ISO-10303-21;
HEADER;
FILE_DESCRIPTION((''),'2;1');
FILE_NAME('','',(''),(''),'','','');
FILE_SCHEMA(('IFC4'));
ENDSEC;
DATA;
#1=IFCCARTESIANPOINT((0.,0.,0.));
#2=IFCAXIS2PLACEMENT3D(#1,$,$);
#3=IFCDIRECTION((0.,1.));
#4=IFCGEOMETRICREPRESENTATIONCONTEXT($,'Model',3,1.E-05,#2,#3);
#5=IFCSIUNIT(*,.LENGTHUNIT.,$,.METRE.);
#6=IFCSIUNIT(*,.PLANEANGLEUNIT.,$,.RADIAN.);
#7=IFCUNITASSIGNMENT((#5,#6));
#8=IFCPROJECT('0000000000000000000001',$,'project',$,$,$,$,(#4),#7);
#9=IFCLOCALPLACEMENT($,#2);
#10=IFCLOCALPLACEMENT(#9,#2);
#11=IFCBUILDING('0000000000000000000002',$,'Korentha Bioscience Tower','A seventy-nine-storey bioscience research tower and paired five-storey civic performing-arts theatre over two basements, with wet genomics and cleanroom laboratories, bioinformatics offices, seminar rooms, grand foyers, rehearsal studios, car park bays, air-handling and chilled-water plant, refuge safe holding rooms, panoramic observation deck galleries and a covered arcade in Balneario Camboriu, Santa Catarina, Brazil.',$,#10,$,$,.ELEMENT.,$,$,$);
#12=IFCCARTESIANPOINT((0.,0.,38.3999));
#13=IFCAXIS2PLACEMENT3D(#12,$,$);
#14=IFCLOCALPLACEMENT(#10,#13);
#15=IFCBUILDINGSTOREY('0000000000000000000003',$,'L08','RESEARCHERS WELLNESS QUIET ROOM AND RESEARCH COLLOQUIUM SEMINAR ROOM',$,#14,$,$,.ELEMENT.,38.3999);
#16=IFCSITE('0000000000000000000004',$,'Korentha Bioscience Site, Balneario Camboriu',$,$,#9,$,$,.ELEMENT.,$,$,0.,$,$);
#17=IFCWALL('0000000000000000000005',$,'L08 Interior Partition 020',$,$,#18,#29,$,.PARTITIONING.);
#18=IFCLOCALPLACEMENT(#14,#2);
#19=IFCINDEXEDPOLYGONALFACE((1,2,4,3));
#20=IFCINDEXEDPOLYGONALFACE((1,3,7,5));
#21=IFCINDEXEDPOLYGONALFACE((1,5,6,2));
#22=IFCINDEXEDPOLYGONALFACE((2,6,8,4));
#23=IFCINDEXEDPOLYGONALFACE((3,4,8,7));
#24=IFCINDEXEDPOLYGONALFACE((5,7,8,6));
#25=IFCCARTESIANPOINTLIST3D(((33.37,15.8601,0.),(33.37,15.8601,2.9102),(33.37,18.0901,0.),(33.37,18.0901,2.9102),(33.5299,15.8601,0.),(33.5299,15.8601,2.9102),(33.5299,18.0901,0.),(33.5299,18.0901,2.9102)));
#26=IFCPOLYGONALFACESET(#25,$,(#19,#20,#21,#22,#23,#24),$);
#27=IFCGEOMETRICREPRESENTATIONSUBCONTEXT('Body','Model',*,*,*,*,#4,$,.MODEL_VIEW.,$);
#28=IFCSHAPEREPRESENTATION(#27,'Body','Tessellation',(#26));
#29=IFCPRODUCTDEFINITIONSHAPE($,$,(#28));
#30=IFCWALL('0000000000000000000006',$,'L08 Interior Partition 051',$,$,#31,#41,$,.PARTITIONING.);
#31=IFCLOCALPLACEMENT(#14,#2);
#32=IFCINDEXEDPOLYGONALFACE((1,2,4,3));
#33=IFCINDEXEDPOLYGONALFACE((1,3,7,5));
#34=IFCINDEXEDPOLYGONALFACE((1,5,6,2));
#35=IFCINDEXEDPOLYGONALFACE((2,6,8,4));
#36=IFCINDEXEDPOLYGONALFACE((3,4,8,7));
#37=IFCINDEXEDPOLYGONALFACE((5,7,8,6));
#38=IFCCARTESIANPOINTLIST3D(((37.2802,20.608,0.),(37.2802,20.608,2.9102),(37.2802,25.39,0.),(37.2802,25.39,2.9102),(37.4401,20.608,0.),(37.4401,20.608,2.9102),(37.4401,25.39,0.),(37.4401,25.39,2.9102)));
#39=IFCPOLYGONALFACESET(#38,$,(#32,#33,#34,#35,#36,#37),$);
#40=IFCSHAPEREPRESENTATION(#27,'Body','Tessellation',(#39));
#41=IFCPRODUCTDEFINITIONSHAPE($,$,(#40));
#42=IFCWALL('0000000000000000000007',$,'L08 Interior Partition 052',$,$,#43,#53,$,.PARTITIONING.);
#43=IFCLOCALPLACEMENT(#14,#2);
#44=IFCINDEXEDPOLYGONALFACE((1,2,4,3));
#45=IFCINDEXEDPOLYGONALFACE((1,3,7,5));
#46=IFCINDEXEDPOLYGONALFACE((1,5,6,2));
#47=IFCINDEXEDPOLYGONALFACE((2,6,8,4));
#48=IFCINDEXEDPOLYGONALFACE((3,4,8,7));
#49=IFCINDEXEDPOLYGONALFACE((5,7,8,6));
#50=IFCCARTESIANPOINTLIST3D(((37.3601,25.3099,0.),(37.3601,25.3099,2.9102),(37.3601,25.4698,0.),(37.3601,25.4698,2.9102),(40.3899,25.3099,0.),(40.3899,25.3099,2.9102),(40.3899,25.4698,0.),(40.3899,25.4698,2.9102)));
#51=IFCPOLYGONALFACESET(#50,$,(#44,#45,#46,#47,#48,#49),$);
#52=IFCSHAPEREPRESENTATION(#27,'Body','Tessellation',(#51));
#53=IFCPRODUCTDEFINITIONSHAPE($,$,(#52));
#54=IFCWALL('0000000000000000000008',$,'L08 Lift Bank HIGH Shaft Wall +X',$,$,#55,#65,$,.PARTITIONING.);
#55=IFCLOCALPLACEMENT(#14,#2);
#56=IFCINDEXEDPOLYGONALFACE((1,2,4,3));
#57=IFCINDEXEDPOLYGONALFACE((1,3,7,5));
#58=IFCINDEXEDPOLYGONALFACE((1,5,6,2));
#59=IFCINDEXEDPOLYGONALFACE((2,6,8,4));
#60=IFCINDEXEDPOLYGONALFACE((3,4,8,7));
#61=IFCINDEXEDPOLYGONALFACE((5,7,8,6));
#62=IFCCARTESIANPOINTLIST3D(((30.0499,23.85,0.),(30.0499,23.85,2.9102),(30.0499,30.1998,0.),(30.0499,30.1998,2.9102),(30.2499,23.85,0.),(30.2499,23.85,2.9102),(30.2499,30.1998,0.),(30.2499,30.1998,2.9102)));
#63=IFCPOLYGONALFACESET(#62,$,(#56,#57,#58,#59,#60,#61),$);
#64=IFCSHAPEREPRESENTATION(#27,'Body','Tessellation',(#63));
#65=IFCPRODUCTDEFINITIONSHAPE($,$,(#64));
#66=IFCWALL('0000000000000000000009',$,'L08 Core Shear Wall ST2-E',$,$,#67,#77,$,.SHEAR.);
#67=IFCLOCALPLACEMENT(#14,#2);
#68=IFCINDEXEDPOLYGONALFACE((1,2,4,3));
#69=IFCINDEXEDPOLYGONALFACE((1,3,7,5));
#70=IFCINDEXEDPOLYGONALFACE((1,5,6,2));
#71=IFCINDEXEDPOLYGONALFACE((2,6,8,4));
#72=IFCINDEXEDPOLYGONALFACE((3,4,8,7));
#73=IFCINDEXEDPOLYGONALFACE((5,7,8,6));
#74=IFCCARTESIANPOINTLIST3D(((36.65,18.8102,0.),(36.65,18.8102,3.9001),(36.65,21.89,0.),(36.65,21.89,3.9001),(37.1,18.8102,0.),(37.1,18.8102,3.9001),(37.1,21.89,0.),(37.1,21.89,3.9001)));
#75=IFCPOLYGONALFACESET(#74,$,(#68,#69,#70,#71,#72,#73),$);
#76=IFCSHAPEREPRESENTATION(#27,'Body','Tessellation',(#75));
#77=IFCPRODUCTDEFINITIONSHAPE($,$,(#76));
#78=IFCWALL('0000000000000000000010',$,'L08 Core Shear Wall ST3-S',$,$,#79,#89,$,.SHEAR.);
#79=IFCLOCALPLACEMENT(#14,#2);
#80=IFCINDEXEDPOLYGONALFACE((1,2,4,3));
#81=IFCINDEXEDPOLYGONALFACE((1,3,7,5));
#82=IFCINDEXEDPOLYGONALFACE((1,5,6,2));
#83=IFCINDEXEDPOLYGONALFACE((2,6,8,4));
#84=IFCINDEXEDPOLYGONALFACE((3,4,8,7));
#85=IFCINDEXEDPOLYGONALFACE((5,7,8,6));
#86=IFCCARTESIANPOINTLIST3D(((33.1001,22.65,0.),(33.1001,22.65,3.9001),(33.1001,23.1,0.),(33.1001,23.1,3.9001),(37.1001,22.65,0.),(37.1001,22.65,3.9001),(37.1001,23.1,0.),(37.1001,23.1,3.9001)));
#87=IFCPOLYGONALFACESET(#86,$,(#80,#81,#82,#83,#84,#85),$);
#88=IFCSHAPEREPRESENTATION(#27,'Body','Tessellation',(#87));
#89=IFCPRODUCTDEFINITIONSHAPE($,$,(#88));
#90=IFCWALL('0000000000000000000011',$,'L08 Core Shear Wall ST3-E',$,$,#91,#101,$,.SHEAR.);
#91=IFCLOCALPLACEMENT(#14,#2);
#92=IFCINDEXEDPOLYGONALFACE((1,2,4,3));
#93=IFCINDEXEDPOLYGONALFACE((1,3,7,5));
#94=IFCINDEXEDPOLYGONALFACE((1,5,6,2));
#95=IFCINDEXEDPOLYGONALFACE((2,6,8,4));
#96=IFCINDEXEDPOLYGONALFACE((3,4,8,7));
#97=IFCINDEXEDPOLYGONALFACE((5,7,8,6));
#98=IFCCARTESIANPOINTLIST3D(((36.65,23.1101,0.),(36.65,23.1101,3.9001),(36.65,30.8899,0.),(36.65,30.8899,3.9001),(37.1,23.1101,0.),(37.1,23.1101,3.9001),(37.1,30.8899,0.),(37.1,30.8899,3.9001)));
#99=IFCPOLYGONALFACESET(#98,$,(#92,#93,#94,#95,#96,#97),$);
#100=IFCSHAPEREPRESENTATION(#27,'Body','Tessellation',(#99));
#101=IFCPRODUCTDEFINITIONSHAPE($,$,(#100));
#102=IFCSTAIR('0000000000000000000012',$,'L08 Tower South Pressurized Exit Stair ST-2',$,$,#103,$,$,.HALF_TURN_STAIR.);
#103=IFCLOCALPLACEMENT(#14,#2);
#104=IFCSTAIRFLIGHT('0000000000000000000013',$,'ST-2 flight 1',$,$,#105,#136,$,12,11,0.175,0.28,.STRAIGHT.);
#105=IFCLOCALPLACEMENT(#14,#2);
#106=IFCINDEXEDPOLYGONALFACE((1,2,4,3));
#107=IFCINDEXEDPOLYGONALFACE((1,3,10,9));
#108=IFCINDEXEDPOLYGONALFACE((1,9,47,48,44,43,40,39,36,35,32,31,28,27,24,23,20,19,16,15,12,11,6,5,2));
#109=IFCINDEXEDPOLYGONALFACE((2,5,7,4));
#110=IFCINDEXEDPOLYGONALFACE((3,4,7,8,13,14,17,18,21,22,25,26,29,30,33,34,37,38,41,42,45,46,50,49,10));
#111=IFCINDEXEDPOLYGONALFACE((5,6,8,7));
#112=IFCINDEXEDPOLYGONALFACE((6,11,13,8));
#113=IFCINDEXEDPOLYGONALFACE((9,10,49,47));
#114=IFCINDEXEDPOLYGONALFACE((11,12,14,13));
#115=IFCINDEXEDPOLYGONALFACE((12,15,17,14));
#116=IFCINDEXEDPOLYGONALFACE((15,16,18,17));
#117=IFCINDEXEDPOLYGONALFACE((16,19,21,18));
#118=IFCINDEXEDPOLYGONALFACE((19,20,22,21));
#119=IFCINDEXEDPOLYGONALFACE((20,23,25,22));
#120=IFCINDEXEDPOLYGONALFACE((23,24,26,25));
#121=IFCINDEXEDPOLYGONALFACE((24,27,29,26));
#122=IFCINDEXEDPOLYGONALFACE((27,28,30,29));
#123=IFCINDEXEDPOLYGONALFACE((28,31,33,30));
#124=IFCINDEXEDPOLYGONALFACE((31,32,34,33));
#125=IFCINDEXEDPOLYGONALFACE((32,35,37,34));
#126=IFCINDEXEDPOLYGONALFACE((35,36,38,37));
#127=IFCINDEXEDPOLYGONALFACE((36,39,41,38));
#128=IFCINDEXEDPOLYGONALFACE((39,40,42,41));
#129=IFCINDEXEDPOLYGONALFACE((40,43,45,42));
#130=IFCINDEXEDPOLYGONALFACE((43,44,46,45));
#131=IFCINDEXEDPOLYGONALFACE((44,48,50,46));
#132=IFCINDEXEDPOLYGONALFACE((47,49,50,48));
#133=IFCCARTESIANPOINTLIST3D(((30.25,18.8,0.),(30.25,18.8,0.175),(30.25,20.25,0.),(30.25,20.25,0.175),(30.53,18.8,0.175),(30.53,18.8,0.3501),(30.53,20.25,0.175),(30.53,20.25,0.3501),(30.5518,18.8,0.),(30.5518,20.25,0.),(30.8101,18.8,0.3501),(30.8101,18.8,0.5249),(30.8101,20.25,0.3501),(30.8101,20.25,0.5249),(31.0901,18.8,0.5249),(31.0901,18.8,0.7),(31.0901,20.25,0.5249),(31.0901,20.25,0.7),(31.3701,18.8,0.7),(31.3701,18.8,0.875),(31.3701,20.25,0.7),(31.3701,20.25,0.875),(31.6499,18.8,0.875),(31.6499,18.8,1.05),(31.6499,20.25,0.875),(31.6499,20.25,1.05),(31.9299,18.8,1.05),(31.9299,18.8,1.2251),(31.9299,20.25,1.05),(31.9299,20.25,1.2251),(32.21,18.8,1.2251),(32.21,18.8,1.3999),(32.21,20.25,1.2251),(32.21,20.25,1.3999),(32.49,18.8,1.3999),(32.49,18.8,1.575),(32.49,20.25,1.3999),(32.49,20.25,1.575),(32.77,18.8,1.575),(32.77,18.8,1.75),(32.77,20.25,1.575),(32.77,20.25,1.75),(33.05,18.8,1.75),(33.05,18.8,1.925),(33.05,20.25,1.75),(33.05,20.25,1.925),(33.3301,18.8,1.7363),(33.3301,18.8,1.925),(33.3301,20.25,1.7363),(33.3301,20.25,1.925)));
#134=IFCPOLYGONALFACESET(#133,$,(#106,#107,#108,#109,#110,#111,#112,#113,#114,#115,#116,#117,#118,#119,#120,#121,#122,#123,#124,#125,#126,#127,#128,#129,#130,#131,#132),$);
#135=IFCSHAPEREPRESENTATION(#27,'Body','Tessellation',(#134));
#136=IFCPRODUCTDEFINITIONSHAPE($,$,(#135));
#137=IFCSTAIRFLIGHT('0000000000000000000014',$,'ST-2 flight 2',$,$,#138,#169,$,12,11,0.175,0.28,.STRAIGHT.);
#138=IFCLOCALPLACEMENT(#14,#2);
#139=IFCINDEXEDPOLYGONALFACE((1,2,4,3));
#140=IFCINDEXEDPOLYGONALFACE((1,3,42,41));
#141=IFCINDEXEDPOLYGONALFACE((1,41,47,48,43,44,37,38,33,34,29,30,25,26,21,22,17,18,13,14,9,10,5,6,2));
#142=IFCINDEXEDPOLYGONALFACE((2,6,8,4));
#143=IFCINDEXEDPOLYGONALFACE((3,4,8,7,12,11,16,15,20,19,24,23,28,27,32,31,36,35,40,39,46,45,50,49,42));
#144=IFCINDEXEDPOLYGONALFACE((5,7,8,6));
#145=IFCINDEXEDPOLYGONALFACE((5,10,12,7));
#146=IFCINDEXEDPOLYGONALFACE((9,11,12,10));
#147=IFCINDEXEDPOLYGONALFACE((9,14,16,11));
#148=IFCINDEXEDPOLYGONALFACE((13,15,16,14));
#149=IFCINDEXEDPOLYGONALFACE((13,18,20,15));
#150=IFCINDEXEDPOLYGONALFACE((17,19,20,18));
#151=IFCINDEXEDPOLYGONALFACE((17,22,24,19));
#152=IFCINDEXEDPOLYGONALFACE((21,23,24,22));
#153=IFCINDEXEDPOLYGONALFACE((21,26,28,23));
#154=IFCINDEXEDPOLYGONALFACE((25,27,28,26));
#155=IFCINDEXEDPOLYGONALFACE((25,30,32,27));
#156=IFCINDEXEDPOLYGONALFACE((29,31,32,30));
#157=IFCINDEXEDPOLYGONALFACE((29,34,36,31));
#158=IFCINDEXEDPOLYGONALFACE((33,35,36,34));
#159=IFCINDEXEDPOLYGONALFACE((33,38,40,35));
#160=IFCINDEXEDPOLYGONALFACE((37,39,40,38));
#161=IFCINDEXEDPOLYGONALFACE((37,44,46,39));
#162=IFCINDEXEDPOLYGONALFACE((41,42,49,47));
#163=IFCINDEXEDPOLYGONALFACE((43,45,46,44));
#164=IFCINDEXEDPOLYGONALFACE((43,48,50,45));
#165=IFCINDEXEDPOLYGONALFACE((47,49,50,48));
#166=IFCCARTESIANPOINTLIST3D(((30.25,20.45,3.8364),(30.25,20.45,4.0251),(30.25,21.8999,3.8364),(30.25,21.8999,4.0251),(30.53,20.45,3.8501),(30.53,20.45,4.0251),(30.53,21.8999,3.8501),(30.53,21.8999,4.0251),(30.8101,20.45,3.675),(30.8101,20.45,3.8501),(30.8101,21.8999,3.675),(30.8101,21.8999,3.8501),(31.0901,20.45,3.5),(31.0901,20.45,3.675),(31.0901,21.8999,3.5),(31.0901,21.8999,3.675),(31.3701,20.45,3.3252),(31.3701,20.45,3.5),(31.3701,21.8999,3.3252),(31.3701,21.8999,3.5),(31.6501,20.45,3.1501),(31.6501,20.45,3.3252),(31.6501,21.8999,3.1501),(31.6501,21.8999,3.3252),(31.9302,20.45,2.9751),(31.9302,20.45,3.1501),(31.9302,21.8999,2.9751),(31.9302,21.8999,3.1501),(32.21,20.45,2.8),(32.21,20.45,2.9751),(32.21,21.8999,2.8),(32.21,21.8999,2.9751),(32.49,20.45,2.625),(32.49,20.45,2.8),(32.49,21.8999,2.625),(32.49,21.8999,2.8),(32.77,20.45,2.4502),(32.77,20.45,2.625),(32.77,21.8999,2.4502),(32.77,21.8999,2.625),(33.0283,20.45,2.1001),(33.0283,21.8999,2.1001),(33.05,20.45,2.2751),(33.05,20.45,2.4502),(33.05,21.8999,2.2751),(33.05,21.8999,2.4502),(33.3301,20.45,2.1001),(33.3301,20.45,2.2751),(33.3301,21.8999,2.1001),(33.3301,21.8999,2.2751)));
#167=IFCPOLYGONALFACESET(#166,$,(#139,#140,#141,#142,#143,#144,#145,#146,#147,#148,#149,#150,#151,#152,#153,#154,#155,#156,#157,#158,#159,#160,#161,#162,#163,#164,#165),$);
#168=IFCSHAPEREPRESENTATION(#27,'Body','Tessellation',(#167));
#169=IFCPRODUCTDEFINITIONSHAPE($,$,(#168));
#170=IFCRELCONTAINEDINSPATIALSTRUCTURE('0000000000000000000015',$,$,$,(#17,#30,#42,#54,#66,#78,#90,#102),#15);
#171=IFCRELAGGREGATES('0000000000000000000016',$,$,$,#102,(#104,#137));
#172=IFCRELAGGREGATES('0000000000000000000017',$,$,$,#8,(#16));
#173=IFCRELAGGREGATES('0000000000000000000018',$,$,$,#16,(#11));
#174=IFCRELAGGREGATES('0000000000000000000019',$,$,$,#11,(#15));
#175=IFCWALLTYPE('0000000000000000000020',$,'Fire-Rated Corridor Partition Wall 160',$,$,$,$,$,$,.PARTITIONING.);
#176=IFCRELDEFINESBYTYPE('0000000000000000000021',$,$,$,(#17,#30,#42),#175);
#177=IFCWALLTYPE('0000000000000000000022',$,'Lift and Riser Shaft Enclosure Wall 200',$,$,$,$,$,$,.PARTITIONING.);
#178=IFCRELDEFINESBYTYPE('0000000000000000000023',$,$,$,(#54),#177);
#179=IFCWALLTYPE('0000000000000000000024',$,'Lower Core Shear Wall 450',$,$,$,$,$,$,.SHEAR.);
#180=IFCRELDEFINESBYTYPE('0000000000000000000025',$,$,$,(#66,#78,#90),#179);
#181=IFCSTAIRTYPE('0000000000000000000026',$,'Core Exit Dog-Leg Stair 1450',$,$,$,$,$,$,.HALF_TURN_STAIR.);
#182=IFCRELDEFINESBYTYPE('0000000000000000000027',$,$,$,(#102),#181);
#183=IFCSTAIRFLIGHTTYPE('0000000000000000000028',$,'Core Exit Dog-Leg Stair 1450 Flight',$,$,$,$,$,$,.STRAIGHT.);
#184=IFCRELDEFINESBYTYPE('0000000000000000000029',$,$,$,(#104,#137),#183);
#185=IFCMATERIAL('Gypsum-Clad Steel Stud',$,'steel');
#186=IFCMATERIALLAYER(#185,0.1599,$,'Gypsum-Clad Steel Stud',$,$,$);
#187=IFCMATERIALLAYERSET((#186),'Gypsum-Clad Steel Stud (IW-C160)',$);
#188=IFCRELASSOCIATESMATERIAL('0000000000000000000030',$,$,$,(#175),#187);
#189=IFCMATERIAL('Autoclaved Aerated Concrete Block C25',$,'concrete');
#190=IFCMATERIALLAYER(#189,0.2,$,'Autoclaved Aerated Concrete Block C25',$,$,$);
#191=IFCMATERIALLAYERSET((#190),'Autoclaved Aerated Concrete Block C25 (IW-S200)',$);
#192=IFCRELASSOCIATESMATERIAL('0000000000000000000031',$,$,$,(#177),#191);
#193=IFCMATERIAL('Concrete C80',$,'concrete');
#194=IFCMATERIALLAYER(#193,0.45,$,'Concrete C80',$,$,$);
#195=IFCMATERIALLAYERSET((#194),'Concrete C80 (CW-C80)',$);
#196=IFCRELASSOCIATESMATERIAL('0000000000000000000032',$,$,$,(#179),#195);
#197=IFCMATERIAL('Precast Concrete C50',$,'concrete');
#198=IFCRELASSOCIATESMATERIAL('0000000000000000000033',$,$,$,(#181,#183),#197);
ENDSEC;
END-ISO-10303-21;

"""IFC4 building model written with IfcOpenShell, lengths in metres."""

from ifc_helpers import new_model, si_unit, direction, frame, frame_2d, origin, place, context, subcontext, project, spatial, polyline, rectangle, outline, extrude, material, layer, layer_set, type_object, element, aggregate, save


model = new_model("IFC4")

# Units and contexts
model_context = context("Model", 3, precision=1e-05, world=origin(), true_north=direction((0.0, 1.0)))
body_context = subcontext(model_context, "Body", "Model", "MODEL_VIEW")
ifc_project = project(units=[si_unit("LENGTHUNIT", "METRE"), si_unit("PLANEANGLEUNIT", "RADIAN")], contexts=[model_context])

# Site, building, storey
site_placement = place(None, origin())
site = spatial("IfcSite", under=ifc_project, at=site_placement, Name="Korentha Bioscience Site, Balneario Camboriu", CompositionType="ELEMENT", RefElevation=0.0)
building_placement = place(site_placement, origin())
building = spatial("IfcBuilding", under=site, at=building_placement, Name="Korentha Bioscience Tower", Description="A seventy-nine-storey bioscience research tower and paired five-storey civic performing-arts theatre over two basements, with wet genomics and cleanroom laboratories, bioinformatics offices, seminar rooms, grand foyers, rehearsal studios, car park bays, air-handling and chilled-water plant, refuge safe holding rooms, panoramic observation deck galleries and a covered arcade in Balneario Camboriu, Santa Catarina, Brazil.", CompositionType="ELEMENT")
storey_placement = place(building_placement, frame((0.0, 0.0, 38.3999)))
storey = spatial("IfcBuildingStorey", under=building, at=storey_placement, Name="L08", Description="RESEARCHERS WELLNESS QUIET ROOM AND RESEARCH COLLOQUIUM SEMINAR ROOM", CompositionType="ELEMENT", Elevation=38.3999)

# Walls
ifc_material_1 = material(Name="Gypsum-Clad Steel Stud", Category="steel")
ifc_layer_1 = layer(ifc_material_1, 0.1599, Name="Gypsum-Clad Steel Stud")
ifc_layer_set_1 = layer_set([ifc_layer_1], Name="Gypsum-Clad Steel Stud (IW-C160)")
wall_type_1 = type_object("IfcWallType", Name="Fire-Rated Corridor Partition Wall 160", PredefinedType="PARTITIONING", material=ifc_layer_set_1)
wall_1_placement = place(storey_placement, frame((33.45, 18.0901, 0.0), z_axis=(0.0, 0.0, 1.0), x_axis=(0.0, -1.0, 0.0)))
element("IfcWall", 1, at=wall_1_placement, inside=storey, type_object=wall_type_1, Name="L08 Interior Partition 020", PredefinedType="PARTITIONING", context=body_context, shape_type="SweptSolid", body=[
    extrude(rectangle(XDim=2.23, YDim=0.1599, at=frame_2d((1.115, 0.0))), origin(), (0.0, 0.0, 1.0), 2.9102),
])
wall_2_placement = place(storey_placement, frame((37.3601, 20.6079, 0.0), z_axis=(0.0, 0.0, 1.0), x_axis=(0.0, 1.0, 0.0)))
element("IfcWall", 2, at=wall_2_placement, inside=storey, type_object=wall_type_1, Name="L08 Interior Partition 051", PredefinedType="PARTITIONING", context=body_context, shape_type="SweptSolid", body=[
    extrude(rectangle(XDim=4.782, YDim=0.1599, at=frame_2d((2.3911, 0.0))), origin(), (0.0, 0.0, 1.0), 2.9102),
])
wall_3_placement = place(storey_placement, frame((37.3601, 25.3899, 0.0), z_axis=(0.0, 0.0, 1.0), x_axis=(1.0, 0.0, 0.0)))
element("IfcWall", 3, at=wall_3_placement, inside=storey, type_object=wall_type_1, Name="L08 Interior Partition 052", PredefinedType="PARTITIONING", context=body_context, shape_type="SweptSolid", body=[
    extrude(rectangle(XDim=3.0298, YDim=0.1599, at=frame_2d((1.5149, 0.0))), origin(), (0.0, 0.0, 1.0), 2.9102),
])
ifc_material_2 = material(Name="Autoclaved Aerated Concrete Block C25", Category="concrete")
ifc_layer_2 = layer(ifc_material_2, 0.2, Name="Autoclaved Aerated Concrete Block C25")
ifc_layer_set_2 = layer_set([ifc_layer_2], Name="Autoclaved Aerated Concrete Block C25 (IW-S200)")
wall_type_2 = type_object("IfcWallType", Name="Lift and Riser Shaft Enclosure Wall 200", PredefinedType="PARTITIONING", material=ifc_layer_set_2)
wall_4_placement = place(storey_placement, frame((30.1499, 23.8501, 0.0), z_axis=(0.0, 0.0, 1.0), x_axis=(0.0, 1.0, 0.0)))
element("IfcWall", 4, at=wall_4_placement, inside=storey, type_object=wall_type_2, Name="L08 Lift Bank HIGH Shaft Wall +X", PredefinedType="PARTITIONING", context=body_context, shape_type="SweptSolid", body=[
    extrude(rectangle(XDim=6.3499, YDim=0.2, at=frame_2d((3.1748, 0.0))), origin(), (0.0, 0.0, 1.0), 2.9102),
])
ifc_material_3 = material(Name="Concrete C80", Category="concrete")
ifc_layer_3 = layer(ifc_material_3, 0.45, Name="Concrete C80")
ifc_layer_set_3 = layer_set([ifc_layer_3], Name="Concrete C80 (CW-C80)")
wall_type_3 = type_object("IfcWallType", Name="Lower Core Shear Wall 450", PredefinedType="SHEAR", material=ifc_layer_set_3)
wall_5_placement = place(storey_placement, frame((36.875, 18.8101, 0.0), z_axis=(0.0, 0.0, 1.0), x_axis=(0.0, 1.0, 0.0)))
element("IfcWall", 5, at=wall_5_placement, inside=storey, type_object=wall_type_3, Name="L08 Core Shear Wall ST2-E", PredefinedType="SHEAR", context=body_context, shape_type="SweptSolid", body=[
    extrude(rectangle(XDim=3.0798, YDim=0.45, at=frame_2d((1.54, 0.0))), origin(), (0.0, 0.0, 1.0), 3.9001),
])
wall_6_placement = place(storey_placement, frame((33.1001, 22.875, 0.0), z_axis=(0.0, 0.0, 1.0), x_axis=(1.0, 0.0, 0.0)))
element("IfcWall", 6, at=wall_6_placement, inside=storey, type_object=wall_type_3, Name="L08 Core Shear Wall ST3-S", PredefinedType="SHEAR", context=body_context, shape_type="SweptSolid", body=[
    extrude(rectangle(XDim=4.0, YDim=0.45, at=frame_2d((2.0, 0.0))), origin(), (0.0, 0.0, 1.0), 3.9001),
])
wall_7_placement = place(storey_placement, frame((36.875, 23.1101, 0.0), z_axis=(0.0, 0.0, 1.0), x_axis=(0.0, 1.0, 0.0)))
element("IfcWall", 7, at=wall_7_placement, inside=storey, type_object=wall_type_3, Name="L08 Core Shear Wall ST3-E", PredefinedType="SHEAR", context=body_context, shape_type="SweptSolid", body=[
    extrude(rectangle(XDim=7.7798, YDim=0.45, at=frame_2d((3.8899, 0.0))), origin(), (0.0, 0.0, 1.0), 3.9001),
])

# Stair, stair flights
ifc_material_4 = material(Name="Precast Concrete C50", Category="concrete")
stair_type = type_object("IfcStairType", Name="Core Exit Dog-Leg Stair 1450", PredefinedType="HALF_TURN_STAIR", material=ifc_material_4)
stair_1_placement = place(storey_placement, origin())
stair_1 = element("IfcStair", 8, at=stair_1_placement, inside=storey, type_object=stair_type, Name="L08 Tower South Pressurized Exit Stair ST-2", PredefinedType="HALF_TURN_STAIR")
stair_flight_type = type_object("IfcStairFlightType", Name="Core Exit Dog-Leg Stair 1450 Flight", PredefinedType="STRAIGHT", material=ifc_material_4)
stair_flight_1_placement = place(storey_placement, frame((30.25, 19.5249, 0.0), z_axis=(0.0, 0.0, 1.0), x_axis=(1.0, 0.0, 0.0)))
stair_flight_1 = element("IfcStairFlight", 9, at=stair_flight_1_placement, type_object=stair_flight_type, Name="ST-2 flight 1", NumberOfRisers=12, NumberOfTreads=11, PredefinedType="STRAIGHT", RiserHeight=0.175, TreadLength=0.28, context=body_context, shape_type="SweptSolid", body=[
    extrude(outline(polyline([(0.0, 0.0), (0.0, 0.175), (0.28, 0.175), (0.28, 0.3501), (0.5601, 0.3501), (0.5601, 0.5249), (0.8401, 0.5249), (0.8401, 0.7), (1.1201, 0.7), (1.1201, 0.875), (1.3999, 0.875), (1.3999, 1.05), (1.6799, 1.05), (1.6799, 1.2251), (1.96, 1.2251), (1.96, 1.3999), (2.24, 1.3999), (2.24, 1.575), (2.52, 1.575), (2.52, 1.75), (2.8, 1.75), (2.8, 1.925), (3.0801, 1.925), (3.0801, 2.1001), (3.0801, 1.7363), (0.3018, 0.0), (0.0, 0.0)])), frame((0.0, 0.7251, 0.0), z_axis=(0.0, -1.0, 0.0), x_axis=(1.0, 0.0, 0.0)), (0.0, 0.0, 1.0), 1.45),
])
stair_flight_2_placement = place(storey_placement, frame((33.3301, 21.175, 2.1001), z_axis=(0.0, 0.0, 1.0), x_axis=(-1.0, 0.0, 0.0)))
stair_flight_2 = element("IfcStairFlight", 10, at=stair_flight_2_placement, type_object=stair_flight_type, Name="ST-2 flight 2", NumberOfRisers=12, NumberOfTreads=11, PredefinedType="STRAIGHT", RiserHeight=0.175, TreadLength=0.28, context=body_context, shape_type="SweptSolid", body=[
    extrude(outline(polyline([(0.0, 0.0), (0.0, 0.175), (0.28, 0.175), (0.28, 0.3501), (0.5601, 0.3501), (0.5601, 0.5249), (0.8401, 0.5249), (0.8401, 0.7), (1.1201, 0.7), (1.1201, 0.875), (1.3999, 0.875), (1.3999, 1.05), (1.6799, 1.05), (1.6799, 1.2251), (1.96, 1.2251), (1.96, 1.3999), (2.24, 1.3999), (2.24, 1.575), (2.52, 1.575), (2.52, 1.75), (2.8, 1.75), (2.8, 1.925), (3.0801, 1.925), (3.0801, 2.1001), (3.0801, 1.7363), (0.3018, 0.0), (0.0, 0.0)])), frame((0.0, 0.7251, 0.0), z_axis=(0.0, -1.0, 0.0), x_axis=(1.0, 0.0, 0.0)), (0.0, 0.0, 1.0), 1.45),
])
aggregate(stair_1, [stair_flight_1, stair_flight_2])

save(model, "model.ifc")
